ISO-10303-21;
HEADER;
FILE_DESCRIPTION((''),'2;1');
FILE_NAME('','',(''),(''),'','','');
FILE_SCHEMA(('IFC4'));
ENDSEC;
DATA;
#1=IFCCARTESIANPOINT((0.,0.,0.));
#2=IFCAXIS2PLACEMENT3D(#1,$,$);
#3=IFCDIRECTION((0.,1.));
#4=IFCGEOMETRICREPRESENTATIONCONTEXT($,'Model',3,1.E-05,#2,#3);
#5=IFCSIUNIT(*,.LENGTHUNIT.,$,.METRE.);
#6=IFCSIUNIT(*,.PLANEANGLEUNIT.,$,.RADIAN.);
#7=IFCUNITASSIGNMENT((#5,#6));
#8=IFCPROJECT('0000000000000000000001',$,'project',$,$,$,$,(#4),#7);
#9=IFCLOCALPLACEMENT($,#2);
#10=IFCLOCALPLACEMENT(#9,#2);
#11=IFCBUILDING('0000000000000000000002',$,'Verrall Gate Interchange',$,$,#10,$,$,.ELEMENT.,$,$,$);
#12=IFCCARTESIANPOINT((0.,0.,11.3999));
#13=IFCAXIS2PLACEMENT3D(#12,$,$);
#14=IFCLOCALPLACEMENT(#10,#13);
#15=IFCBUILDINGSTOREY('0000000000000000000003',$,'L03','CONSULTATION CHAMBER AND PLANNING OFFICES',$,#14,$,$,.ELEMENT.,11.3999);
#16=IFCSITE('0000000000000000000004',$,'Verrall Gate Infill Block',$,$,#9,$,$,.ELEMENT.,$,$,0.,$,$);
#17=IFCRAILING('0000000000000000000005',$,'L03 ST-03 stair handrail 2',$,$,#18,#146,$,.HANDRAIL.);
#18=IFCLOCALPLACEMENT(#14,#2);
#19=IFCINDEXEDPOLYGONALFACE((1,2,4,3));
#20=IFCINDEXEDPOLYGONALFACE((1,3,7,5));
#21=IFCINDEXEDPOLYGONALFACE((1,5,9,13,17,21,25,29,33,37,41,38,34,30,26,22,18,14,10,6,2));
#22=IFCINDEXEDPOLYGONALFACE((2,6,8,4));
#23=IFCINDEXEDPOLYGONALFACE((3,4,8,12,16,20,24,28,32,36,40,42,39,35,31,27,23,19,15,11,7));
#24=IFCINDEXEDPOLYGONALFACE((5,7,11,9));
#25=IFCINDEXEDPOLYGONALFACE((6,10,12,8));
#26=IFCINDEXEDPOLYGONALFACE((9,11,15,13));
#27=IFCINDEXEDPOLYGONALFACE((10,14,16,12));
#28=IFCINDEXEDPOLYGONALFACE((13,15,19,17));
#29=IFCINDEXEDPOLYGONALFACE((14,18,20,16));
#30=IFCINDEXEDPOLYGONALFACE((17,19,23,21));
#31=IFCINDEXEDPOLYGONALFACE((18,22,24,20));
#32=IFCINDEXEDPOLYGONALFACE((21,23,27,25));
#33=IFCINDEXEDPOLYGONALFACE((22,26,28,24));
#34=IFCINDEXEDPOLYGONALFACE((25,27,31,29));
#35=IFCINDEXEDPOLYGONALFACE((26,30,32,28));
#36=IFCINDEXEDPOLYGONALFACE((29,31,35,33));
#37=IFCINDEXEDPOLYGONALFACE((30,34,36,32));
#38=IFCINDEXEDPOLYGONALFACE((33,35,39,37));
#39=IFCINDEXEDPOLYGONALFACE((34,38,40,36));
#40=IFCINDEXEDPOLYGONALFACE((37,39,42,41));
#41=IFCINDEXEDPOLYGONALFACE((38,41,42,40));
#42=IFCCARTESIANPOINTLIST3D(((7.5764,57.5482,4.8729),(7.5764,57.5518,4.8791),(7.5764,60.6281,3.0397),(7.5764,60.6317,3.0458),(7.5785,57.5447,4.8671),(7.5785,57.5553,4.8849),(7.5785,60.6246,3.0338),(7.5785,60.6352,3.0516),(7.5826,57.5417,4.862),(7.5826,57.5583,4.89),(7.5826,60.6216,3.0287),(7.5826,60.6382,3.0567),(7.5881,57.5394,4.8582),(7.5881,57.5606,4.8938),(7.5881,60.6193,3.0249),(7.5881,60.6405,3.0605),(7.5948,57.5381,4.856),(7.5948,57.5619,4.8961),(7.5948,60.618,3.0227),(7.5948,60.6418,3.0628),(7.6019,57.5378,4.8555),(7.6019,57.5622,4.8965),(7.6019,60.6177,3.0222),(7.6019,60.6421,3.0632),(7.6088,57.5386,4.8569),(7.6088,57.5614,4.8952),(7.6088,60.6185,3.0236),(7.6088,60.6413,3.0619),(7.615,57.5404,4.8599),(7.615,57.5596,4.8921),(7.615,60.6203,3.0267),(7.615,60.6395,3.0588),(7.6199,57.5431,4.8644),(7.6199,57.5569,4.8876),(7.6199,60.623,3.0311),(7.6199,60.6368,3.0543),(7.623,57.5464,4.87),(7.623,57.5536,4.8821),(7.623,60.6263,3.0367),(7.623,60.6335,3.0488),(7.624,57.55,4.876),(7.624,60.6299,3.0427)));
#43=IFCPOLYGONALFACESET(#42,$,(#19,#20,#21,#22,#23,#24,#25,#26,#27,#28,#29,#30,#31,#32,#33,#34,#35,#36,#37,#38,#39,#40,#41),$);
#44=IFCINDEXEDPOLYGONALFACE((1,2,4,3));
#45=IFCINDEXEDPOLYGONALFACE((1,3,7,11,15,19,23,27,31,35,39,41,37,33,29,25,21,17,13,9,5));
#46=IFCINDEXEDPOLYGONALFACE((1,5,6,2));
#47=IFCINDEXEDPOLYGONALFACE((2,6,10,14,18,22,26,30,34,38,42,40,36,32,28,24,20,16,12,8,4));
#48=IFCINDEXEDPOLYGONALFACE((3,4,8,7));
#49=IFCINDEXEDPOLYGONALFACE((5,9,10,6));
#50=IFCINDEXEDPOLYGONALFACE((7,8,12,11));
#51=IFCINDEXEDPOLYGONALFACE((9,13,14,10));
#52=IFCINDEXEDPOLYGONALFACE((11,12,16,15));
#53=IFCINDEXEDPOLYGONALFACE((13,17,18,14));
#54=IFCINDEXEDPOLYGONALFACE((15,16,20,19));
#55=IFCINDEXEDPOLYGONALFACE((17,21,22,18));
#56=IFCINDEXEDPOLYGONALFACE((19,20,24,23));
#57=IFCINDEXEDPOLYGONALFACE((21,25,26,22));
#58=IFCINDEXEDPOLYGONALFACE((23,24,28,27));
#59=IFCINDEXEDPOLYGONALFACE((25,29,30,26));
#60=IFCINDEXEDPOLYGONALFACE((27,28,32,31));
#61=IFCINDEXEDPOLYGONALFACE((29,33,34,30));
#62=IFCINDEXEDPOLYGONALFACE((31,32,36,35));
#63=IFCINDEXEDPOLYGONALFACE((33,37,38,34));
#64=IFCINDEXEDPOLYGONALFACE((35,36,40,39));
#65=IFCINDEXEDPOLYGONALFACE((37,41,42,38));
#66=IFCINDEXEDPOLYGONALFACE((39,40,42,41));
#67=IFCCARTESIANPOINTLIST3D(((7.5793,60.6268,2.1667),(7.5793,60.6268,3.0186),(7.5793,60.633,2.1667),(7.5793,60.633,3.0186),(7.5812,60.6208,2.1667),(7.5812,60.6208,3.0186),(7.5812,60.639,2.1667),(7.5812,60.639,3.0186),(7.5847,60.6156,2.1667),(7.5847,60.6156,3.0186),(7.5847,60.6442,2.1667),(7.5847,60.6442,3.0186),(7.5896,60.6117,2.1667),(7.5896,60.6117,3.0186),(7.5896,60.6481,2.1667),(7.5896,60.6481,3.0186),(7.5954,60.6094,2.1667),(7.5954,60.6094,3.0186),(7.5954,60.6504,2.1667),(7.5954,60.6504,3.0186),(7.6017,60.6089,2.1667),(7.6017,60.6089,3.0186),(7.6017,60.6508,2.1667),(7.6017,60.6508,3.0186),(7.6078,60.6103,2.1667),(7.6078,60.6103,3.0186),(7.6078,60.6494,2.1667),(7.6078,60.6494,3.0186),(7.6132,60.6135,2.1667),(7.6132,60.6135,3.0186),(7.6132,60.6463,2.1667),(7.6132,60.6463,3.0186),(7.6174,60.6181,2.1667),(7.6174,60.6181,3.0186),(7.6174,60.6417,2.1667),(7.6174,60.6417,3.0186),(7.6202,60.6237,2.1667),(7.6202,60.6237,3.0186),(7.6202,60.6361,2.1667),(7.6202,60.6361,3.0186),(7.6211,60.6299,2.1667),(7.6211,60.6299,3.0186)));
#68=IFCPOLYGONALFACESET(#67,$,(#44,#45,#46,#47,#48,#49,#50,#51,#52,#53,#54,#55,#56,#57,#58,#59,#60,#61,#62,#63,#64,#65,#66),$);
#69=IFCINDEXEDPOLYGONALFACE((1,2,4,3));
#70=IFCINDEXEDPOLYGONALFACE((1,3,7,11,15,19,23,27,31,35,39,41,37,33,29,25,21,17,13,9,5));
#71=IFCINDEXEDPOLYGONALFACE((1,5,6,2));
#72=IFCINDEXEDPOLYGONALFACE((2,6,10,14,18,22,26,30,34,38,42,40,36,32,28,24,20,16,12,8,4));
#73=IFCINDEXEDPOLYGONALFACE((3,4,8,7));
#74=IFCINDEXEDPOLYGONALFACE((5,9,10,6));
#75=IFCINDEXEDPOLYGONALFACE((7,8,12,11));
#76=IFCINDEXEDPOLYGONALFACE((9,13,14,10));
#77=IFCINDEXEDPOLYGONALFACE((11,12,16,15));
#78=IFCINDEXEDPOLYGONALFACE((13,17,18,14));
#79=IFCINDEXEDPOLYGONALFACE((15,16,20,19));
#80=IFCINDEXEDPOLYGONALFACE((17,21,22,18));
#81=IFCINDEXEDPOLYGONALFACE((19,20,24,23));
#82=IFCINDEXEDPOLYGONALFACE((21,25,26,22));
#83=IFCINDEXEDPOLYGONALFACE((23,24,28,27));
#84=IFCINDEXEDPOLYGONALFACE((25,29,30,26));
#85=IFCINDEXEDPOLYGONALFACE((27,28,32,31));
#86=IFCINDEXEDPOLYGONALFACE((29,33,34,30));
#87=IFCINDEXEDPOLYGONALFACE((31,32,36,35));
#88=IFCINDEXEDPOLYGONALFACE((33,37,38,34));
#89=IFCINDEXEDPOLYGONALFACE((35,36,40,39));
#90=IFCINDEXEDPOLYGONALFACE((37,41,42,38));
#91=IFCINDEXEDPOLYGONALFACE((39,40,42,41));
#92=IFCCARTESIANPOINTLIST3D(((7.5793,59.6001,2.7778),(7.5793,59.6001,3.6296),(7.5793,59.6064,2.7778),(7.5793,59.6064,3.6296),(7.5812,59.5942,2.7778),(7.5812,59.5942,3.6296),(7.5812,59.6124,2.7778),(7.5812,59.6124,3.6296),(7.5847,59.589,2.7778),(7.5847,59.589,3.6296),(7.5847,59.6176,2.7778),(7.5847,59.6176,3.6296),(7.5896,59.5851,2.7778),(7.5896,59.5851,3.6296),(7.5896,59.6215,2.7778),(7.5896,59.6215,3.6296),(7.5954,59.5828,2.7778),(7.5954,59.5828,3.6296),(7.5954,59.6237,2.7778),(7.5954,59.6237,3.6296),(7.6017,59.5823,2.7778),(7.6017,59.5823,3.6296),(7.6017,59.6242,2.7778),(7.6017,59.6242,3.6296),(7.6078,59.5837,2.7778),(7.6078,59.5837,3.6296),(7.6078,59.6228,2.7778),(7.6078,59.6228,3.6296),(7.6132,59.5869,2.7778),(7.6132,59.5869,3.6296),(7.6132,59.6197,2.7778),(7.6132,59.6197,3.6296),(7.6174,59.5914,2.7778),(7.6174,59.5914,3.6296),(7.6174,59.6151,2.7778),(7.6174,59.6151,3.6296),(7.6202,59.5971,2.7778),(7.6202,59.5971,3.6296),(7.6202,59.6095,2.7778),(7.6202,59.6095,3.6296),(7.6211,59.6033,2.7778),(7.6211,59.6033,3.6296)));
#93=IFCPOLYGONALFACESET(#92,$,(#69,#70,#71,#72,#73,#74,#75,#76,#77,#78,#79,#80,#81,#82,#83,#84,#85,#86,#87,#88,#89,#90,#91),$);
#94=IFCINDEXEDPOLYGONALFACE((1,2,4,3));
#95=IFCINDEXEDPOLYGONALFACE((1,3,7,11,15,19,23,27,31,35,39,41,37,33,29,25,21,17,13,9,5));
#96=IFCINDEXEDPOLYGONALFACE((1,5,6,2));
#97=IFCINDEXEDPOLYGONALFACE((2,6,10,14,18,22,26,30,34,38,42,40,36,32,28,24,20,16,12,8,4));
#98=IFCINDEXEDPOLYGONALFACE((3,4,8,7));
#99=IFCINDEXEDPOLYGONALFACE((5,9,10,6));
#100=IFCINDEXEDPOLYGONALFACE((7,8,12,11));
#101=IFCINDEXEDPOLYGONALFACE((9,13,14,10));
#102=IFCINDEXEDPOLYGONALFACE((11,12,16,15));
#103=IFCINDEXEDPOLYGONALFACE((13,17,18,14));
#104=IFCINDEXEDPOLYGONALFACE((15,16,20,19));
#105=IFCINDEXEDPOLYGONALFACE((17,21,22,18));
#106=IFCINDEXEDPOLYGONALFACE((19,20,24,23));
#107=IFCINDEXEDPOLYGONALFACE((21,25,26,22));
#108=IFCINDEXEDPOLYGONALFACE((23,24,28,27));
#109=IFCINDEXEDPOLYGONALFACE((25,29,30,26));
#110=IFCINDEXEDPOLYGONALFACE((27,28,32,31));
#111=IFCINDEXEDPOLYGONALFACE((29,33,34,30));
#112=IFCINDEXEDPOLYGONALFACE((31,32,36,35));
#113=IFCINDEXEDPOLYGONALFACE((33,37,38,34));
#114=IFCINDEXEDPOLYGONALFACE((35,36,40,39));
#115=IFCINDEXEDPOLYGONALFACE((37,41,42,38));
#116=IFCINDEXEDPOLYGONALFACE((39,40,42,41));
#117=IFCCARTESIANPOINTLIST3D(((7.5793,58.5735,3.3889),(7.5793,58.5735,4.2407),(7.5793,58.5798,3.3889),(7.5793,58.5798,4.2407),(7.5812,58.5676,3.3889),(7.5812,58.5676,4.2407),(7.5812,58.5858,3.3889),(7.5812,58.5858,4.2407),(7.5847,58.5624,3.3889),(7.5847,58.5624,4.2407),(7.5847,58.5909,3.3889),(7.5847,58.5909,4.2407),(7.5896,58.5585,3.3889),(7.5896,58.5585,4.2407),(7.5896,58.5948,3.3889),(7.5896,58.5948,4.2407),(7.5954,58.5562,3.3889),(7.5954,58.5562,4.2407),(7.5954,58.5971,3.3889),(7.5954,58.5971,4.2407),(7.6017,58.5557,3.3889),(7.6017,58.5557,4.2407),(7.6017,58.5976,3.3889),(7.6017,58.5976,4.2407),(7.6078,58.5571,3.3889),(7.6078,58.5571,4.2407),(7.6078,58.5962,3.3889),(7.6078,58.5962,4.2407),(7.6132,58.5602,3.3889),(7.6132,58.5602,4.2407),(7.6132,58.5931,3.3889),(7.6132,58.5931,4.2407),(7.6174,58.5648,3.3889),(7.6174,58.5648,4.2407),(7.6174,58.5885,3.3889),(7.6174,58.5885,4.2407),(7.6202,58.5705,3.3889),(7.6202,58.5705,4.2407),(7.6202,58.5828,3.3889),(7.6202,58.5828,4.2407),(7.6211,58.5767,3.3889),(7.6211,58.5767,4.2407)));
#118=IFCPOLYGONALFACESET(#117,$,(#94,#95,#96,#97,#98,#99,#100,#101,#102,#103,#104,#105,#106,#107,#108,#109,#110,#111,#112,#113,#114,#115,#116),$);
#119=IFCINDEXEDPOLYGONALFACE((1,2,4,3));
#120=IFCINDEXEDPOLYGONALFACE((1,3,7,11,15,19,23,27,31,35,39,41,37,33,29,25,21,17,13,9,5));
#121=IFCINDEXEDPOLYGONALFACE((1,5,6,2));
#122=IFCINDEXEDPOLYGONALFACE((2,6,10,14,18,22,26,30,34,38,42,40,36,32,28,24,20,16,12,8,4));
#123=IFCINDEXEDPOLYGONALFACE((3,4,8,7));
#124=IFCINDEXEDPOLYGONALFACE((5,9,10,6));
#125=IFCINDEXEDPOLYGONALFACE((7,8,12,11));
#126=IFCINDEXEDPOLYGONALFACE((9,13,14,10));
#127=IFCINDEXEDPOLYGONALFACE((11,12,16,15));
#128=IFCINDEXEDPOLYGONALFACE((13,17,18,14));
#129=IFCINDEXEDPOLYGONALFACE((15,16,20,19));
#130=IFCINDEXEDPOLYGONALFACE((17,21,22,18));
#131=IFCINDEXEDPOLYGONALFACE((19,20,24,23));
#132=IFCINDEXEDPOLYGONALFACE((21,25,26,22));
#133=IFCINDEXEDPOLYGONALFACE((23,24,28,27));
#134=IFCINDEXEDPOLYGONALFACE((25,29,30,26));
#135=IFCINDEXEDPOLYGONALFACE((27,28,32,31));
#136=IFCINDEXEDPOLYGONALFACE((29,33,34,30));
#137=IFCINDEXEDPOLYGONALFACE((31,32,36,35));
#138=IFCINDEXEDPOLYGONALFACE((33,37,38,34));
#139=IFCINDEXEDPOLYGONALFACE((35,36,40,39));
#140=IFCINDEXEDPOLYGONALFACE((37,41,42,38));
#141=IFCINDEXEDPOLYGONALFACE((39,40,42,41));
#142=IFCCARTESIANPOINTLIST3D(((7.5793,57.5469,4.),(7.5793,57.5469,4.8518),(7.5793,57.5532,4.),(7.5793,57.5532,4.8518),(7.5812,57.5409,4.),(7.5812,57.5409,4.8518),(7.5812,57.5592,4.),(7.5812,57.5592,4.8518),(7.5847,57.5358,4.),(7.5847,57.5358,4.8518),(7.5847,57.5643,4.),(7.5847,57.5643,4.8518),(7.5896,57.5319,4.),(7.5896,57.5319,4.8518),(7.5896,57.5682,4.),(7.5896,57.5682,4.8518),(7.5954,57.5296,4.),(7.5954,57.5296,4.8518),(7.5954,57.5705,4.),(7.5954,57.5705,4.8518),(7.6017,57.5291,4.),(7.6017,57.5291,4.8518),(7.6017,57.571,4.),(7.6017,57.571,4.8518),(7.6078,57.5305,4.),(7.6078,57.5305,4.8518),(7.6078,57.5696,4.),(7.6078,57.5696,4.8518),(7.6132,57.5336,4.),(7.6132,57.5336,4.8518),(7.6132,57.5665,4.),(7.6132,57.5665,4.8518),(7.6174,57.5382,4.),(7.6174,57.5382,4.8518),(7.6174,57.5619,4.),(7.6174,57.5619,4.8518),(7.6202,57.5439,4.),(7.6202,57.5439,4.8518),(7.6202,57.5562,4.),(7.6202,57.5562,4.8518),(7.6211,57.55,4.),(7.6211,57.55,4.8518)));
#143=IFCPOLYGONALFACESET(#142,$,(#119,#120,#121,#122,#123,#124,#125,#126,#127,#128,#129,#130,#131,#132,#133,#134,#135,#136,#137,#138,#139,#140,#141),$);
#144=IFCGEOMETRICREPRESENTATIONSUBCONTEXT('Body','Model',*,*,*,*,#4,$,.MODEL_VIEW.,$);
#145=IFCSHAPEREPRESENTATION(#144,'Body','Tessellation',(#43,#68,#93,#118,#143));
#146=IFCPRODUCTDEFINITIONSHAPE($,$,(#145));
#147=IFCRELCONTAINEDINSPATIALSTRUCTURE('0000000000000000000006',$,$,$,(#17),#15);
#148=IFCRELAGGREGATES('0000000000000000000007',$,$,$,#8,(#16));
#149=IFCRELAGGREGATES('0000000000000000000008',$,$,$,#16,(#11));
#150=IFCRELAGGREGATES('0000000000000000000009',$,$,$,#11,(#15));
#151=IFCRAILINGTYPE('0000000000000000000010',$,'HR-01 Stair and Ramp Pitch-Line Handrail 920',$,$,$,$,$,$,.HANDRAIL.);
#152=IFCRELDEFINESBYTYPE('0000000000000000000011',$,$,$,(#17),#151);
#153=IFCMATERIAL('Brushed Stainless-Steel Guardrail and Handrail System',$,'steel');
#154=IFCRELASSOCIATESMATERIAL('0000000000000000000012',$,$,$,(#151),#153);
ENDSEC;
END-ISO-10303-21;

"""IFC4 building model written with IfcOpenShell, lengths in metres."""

from ifc_helpers import new_model, si_unit, direction, frame, origin, origin_2d, place, context, subcontext, project, spatial, circle, extrude, material, type_object, element, save


model = new_model("IFC4")

# Units and contexts
model_context = context("Model", 3, precision=1e-05, world=origin(), true_north=direction((0.0, 1.0)))
body_context = subcontext(model_context, "Body", "Model", "MODEL_VIEW")
ifc_project = project(units=[si_unit("LENGTHUNIT", "METRE"), si_unit("PLANEANGLEUNIT", "RADIAN")], contexts=[model_context])

# Site, building, storey
site_placement = place(None, origin())
site = spatial("IfcSite", under=ifc_project, at=site_placement, Name="Verrall Gate Infill Block", CompositionType="ELEMENT", RefElevation=0.0)
building_placement = place(site_placement, origin())
building = spatial("IfcBuilding", under=site, at=building_placement, Name="Verrall Gate Interchange", CompositionType="ELEMENT")
storey_placement = place(building_placement, frame((0.0, 0.0, 11.3999)))
storey = spatial("IfcBuildingStorey", under=building, at=storey_placement, Name="L03", Description="CONSULTATION CHAMBER AND PLANNING OFFICES", CompositionType="ELEMENT", Elevation=11.3999)

# Railing
ifc_material_1 = material(Name="Brushed Stainless-Steel Guardrail and Handrail System", Category="steel")
railing_type_1 = type_object("IfcRailingType", Name="HR-01 Stair and Ramp Pitch-Line Handrail 920", PredefinedType="HANDRAIL", material=ifc_material_1)
railing_1_placement = place(storey_placement, frame((7.6001, 60.6299, 2.1667)))
element("IfcRailing", 1, at=railing_1_placement, inside=storey, type_object=railing_type_1, Name="L03 ST-03 stair handrail 2", PredefinedType="HANDRAIL", context=body_context, shape_type="SweptSolid", body=[
    extrude(circle(Radius=0.0239, at=origin_2d()), frame((0.0, 0.0, 0.876), z_axis=(0.0, -0.859291, 0.511487), x_axis=(1.0, 0.0, 0.0)), (0.0, 0.0, 1.0), 3.5842),
    extrude(circle(Radius=0.021, at=origin_2d()), origin(), (0.0, 0.0, 1.0), 0.8518),
    extrude(circle(Radius=0.021, at=origin_2d()), frame((0.0, -1.0266, 0.6111)), (0.0, 0.0, 1.0), 0.8518),
    extrude(circle(Radius=0.021, at=origin_2d()), frame((0.0, -2.0532, 1.2222)), (0.0, 0.0, 1.0), 0.8518),
    extrude(circle(Radius=0.021, at=origin_2d()), frame((0.0, -3.0798, 1.8333)), (0.0, 0.0, 1.0), 0.8518),
])

save(model, "model.ifc")
